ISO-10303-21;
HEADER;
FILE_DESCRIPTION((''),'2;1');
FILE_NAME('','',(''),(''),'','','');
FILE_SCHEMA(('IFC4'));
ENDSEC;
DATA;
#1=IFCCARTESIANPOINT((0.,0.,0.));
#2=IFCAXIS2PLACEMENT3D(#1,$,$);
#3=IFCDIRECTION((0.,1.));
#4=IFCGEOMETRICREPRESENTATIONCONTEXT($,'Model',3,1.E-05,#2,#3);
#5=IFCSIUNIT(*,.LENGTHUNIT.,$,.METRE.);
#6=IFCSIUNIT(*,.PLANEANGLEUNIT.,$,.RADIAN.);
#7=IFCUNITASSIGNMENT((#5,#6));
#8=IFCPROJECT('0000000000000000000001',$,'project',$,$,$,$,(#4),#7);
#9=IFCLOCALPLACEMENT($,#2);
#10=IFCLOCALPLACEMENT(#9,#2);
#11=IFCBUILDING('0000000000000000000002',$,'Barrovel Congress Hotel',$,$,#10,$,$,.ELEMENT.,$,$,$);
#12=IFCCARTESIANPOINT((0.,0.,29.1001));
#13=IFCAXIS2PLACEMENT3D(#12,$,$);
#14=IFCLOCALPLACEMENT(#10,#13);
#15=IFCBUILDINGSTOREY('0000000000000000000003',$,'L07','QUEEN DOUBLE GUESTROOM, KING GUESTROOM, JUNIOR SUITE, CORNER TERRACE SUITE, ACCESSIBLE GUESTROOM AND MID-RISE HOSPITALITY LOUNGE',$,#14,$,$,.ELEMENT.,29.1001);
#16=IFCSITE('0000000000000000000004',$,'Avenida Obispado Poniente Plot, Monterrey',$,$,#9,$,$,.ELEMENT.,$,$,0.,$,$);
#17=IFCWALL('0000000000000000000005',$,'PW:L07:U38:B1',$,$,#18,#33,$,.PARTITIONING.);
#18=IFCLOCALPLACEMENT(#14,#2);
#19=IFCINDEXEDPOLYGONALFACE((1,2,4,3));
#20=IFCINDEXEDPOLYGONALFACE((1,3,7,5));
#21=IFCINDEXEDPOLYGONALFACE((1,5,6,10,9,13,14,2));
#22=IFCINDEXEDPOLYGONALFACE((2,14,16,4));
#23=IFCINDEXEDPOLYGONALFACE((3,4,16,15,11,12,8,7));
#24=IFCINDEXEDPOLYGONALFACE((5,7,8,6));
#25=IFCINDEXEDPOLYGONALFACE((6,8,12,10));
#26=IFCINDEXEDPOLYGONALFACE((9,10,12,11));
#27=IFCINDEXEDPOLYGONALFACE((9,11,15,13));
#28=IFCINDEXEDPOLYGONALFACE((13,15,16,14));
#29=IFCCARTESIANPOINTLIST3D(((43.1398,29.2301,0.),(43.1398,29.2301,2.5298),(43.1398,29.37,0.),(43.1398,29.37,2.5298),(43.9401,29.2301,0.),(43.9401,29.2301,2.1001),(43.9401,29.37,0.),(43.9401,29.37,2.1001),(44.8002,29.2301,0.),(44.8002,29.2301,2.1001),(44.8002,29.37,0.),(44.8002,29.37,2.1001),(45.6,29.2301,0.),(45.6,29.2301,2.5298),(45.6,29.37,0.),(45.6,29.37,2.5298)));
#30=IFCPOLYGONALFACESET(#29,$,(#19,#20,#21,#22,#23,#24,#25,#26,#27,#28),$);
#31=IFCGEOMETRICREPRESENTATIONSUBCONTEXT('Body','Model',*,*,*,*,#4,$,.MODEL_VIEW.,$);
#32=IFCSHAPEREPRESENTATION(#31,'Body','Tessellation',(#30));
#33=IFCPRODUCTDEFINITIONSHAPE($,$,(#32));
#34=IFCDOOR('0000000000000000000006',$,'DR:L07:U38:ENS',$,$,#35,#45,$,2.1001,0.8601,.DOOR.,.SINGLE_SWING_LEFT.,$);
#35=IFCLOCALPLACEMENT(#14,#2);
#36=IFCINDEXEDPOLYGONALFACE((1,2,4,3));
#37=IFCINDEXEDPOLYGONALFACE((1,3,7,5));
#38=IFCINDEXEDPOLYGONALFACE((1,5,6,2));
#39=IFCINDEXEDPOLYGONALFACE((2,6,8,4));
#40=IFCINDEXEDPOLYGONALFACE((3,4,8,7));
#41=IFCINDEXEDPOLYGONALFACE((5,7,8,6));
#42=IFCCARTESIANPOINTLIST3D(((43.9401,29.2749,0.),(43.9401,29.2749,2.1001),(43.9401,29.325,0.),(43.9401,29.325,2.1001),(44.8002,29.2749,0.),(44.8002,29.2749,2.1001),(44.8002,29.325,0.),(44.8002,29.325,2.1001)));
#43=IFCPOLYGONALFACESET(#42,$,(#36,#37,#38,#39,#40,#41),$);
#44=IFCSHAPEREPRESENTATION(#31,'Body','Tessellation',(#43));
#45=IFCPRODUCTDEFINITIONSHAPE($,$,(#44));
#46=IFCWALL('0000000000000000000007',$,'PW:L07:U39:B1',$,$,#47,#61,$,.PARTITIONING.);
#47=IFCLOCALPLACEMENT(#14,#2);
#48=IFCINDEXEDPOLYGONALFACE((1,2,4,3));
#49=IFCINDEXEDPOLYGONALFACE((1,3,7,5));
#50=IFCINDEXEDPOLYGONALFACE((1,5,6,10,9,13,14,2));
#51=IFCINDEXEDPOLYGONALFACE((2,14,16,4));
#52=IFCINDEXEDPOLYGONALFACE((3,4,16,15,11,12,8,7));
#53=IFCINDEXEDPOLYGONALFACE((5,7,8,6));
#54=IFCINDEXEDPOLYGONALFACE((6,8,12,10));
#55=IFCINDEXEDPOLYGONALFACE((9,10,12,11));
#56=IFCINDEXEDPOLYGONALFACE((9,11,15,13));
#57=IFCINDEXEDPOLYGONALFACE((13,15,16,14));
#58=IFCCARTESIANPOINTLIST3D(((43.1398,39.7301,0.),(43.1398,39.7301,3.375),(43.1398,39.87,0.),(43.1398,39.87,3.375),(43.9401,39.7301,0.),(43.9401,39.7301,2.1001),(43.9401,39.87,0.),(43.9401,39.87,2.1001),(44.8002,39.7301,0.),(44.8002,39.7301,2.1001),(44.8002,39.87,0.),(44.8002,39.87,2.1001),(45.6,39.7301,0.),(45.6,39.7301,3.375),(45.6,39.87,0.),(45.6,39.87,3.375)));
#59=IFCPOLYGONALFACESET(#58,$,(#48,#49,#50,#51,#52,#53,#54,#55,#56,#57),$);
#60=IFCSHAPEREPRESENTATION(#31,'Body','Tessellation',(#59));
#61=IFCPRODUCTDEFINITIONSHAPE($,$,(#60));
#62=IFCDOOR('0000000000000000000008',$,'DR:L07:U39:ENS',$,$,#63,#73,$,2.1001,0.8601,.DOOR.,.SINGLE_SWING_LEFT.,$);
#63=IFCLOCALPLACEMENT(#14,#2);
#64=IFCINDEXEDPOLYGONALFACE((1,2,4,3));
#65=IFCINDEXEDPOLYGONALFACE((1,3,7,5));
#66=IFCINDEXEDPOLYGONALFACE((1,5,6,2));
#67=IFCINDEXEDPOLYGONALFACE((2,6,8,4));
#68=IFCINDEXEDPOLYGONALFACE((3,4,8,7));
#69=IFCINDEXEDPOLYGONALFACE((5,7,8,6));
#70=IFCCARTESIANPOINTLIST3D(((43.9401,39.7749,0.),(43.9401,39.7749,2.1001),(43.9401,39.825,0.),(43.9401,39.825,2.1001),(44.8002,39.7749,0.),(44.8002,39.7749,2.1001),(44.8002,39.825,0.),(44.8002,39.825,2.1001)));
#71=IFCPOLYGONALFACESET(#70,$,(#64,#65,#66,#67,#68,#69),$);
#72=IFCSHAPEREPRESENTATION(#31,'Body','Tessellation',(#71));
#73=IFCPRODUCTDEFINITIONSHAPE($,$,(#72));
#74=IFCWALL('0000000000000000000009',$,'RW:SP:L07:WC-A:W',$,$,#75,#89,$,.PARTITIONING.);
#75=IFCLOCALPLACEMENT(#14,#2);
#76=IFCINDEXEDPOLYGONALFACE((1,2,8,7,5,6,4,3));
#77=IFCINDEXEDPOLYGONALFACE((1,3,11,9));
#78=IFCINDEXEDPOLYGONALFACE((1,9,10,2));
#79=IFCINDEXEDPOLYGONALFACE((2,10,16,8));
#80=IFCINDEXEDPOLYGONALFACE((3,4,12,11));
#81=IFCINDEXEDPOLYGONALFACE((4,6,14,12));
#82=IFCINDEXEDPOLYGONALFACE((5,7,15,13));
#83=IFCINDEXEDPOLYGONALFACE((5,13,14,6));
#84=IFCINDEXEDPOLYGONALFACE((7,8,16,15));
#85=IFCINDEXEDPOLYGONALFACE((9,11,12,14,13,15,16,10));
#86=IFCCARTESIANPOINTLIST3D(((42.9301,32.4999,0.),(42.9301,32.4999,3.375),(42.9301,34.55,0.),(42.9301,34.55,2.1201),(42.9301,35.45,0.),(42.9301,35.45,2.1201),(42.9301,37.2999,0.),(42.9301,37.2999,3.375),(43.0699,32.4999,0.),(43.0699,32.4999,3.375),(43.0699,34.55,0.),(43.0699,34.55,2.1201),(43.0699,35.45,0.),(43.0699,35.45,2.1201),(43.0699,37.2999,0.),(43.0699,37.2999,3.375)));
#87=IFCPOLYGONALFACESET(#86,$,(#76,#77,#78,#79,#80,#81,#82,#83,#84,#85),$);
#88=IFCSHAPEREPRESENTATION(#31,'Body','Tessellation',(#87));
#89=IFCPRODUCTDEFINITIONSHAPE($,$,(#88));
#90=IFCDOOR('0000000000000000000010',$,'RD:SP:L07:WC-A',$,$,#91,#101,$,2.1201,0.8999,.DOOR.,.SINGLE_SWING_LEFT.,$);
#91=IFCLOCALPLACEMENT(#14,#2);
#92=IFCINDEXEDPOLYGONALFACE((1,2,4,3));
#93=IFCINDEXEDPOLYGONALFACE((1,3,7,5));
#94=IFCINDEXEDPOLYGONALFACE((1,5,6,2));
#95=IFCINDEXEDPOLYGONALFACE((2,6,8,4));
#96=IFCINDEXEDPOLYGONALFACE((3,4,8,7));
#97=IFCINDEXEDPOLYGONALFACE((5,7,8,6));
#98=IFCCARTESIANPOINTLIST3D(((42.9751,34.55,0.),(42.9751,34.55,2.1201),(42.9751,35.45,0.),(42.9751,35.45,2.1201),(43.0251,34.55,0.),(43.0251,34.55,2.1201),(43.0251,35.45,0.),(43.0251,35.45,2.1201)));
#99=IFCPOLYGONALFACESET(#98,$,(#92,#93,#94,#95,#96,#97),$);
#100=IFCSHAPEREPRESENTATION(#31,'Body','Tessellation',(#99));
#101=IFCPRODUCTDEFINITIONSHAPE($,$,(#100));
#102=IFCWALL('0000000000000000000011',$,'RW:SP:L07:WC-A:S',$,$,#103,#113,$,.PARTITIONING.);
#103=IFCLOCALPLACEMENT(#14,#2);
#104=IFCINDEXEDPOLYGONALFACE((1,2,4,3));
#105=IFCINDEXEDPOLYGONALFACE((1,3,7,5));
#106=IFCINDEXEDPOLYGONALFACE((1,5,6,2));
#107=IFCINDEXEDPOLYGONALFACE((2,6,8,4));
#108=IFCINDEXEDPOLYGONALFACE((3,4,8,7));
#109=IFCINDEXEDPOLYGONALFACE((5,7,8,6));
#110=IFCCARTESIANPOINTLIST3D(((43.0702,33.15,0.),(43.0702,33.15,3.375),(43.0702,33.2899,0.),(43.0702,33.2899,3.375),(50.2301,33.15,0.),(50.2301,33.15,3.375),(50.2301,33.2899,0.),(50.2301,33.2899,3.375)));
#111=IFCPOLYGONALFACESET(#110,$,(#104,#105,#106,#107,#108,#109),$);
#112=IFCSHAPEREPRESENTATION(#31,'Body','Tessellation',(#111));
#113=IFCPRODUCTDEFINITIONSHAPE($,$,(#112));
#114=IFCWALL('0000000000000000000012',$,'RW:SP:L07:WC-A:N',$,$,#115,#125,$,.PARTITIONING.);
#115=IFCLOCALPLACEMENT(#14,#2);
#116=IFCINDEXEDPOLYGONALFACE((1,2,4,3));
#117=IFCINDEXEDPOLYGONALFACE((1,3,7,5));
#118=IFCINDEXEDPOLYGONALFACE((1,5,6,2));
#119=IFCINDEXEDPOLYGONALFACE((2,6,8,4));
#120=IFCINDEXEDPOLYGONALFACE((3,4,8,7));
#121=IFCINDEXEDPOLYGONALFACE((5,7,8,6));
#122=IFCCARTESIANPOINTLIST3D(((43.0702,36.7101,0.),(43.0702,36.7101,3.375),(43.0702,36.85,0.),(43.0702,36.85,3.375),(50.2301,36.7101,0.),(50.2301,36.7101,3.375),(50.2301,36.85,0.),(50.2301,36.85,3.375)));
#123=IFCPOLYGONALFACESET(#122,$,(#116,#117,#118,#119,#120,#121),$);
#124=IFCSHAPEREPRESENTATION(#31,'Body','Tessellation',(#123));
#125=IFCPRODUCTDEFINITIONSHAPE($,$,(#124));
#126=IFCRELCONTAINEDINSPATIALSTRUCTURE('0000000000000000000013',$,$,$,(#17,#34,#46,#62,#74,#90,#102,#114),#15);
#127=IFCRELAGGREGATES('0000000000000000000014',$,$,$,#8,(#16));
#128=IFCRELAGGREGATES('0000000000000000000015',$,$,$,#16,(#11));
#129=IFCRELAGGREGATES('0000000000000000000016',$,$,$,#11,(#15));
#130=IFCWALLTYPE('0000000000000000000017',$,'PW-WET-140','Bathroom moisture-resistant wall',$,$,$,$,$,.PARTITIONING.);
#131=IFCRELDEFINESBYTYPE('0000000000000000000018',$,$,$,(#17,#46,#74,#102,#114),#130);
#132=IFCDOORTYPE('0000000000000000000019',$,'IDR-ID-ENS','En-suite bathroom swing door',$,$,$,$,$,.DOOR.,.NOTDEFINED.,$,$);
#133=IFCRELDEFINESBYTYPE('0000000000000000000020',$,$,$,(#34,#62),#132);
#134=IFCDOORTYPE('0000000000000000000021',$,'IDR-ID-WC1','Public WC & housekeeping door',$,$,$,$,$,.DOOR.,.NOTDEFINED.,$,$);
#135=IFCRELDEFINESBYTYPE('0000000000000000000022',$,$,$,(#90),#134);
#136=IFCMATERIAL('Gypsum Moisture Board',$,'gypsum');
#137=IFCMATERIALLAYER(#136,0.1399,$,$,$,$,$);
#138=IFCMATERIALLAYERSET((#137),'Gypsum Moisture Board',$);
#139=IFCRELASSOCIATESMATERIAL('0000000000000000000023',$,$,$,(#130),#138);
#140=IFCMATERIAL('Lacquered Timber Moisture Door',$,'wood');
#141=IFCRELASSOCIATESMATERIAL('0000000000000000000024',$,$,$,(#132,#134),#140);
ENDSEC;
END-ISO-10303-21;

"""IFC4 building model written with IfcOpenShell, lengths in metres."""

from ifc_helpers import new_model, si_unit, direction, frame, frame_2d, origin, place, context, subcontext, project, spatial, rectangle, extrude, material, layer, layer_set, type_object, element, fill, save


model = new_model("IFC4")

# Units and contexts
model_context = context("Model", 3, precision=1e-05, world=origin(), true_north=direction((0.0, 1.0)))
body_context = subcontext(model_context, "Body", "Model", "MODEL_VIEW")
ifc_project = project(units=[si_unit("LENGTHUNIT", "METRE"), si_unit("PLANEANGLEUNIT", "RADIAN")], contexts=[model_context])

# Site, building, storey
site_placement = place(None, origin())
site = spatial("IfcSite", under=ifc_project, at=site_placement, Name="Avenida Obispado Poniente Plot, Monterrey", CompositionType="ELEMENT", RefElevation=0.0)
building_placement = place(site_placement, origin())
building = spatial("IfcBuilding", under=site, at=building_placement, Name="Barrovel Congress Hotel", CompositionType="ELEMENT")
storey_placement = place(building_placement, frame((0.0, 0.0, 29.1001)))
storey = spatial("IfcBuildingStorey", under=building, at=storey_placement, Name="L07", Description="QUEEN DOUBLE GUESTROOM, KING GUESTROOM, JUNIOR SUITE, CORNER TERRACE SUITE, ACCESSIBLE GUESTROOM AND MID-RISE HOSPITALITY LOUNGE", CompositionType="ELEMENT", Elevation=29.1001)

# Walls, openings, doors
ifc_material_1 = material(Name="Gypsum Moisture Board", Category="gypsum")
ifc_layer_1 = layer(ifc_material_1, 0.1399)
ifc_layer_set_1 = layer_set([ifc_layer_1], Name="Gypsum Moisture Board")
wall_type_1 = type_object("IfcWallType", Name="PW-WET-140", Description="Bathroom moisture-resistant wall", PredefinedType="PARTITIONING", material=ifc_layer_set_1)
wall_1_placement = place(storey_placement, frame((43.1399, 29.3, 0.0), z_axis=(0.0, 0.0, 1.0), x_axis=(1.0, 0.0, 0.0)))
wall_1 = element("IfcWall", 1, at=wall_1_placement, inside=storey, type_object=wall_type_1, Name="PW:L07:U38:B1", PredefinedType="PARTITIONING", context=body_context, shape_type="SweptSolid", body=[
    extrude(rectangle(XDim=2.4602, YDim=0.1399, at=frame_2d((1.23, 0.0))), origin(), (0.0, 0.0, 1.0), 2.5298),
])
opening_1_placement = place(wall_1_placement, frame((0.8, 0.0, 0.0)))
opening_1 = element("IfcOpeningElement", 2, at=opening_1_placement, cuts=wall_1, PredefinedType="OPENING", context=body_context, shape_type="SweptSolid", body=[
    extrude(rectangle(XDim=0.8601, YDim=2.1001, at=frame_2d((0.4302, 1.05))), frame((0.0, 0.0801, 0.0), z_axis=(0.0, -1.0, 0.0), x_axis=(1.0, 0.0, 0.0)), (0.0, 0.0, 1.0), 0.1599),
])
ifc_material_2 = material(Name="Lacquered Timber Moisture Door", Category="wood")
door_type_1 = type_object("IfcDoorType", Name="IDR-ID-ENS", Description="En-suite bathroom swing door", OperationType="NOTDEFINED", PredefinedType="DOOR", material=ifc_material_2)
door_1_placement = place(opening_1_placement, origin())
door_1 = element("IfcDoor", 3, at=door_1_placement, inside=storey, type_object=door_type_1, Name="DR:L07:U38:ENS", OperationType="SINGLE_SWING_LEFT", OverallHeight=2.1001, OverallWidth=0.8601, PredefinedType="DOOR", context=body_context, shape_type="SweptSolid", body=[
    extrude(rectangle(XDim=0.8601, YDim=2.1001, at=frame_2d((0.4302, 1.05))), frame((0.0, 0.0249, 0.0), z_axis=(0.0, -1.0, 0.0), x_axis=(1.0, 0.0, 0.0)), (0.0, 0.0, 1.0), 0.05),
])
fill(opening_1, door_1)
wall_2_placement = place(storey_placement, frame((43.1399, 39.8, 0.0), z_axis=(0.0, 0.0, 1.0), x_axis=(1.0, 0.0, 0.0)))
wall_2 = element("IfcWall", 4, at=wall_2_placement, inside=storey, type_object=wall_type_1, Name="PW:L07:U39:B1", PredefinedType="PARTITIONING", context=body_context, shape_type="SweptSolid", body=[
    extrude(rectangle(XDim=2.4602, YDim=0.1399, at=frame_2d((1.23, 0.0))), origin(), (0.0, 0.0, 1.0), 3.375),
])
opening_2_placement = place(wall_2_placement, frame((0.8, 0.0, 0.0)))
opening_2 = element("IfcOpeningElement", 5, at=opening_2_placement, cuts=wall_2, PredefinedType="OPENING", context=body_context, shape_type="SweptSolid", body=[
    extrude(rectangle(XDim=0.8601, YDim=2.1001, at=frame_2d((0.4302, 1.05))), frame((0.0, 0.0801, 0.0), z_axis=(0.0, -1.0, 0.0), x_axis=(1.0, 0.0, 0.0)), (0.0, 0.0, 1.0), 0.1599),
])
door_2_placement = place(opening_2_placement, origin())
door_2 = element("IfcDoor", 6, at=door_2_placement, inside=storey, type_object=door_type_1, Name="DR:L07:U39:ENS", OperationType="SINGLE_SWING_LEFT", OverallHeight=2.1001, OverallWidth=0.8601, PredefinedType="DOOR", context=body_context, shape_type="SweptSolid", body=[
    extrude(rectangle(XDim=0.8601, YDim=2.1001, at=frame_2d((0.4302, 1.05))), frame((0.0, 0.0249, 0.0), z_axis=(0.0, -1.0, 0.0), x_axis=(1.0, 0.0, 0.0)), (0.0, 0.0, 1.0), 0.05),
])
fill(opening_2, door_2)
wall_3_placement = place(storey_placement, frame((43.0, 32.5, 0.0), z_axis=(0.0, 0.0, 1.0), x_axis=(0.0, 1.0, 0.0)))
wall_3 = element("IfcWall", 7, at=wall_3_placement, inside=storey, type_object=wall_type_1, Name="RW:SP:L07:WC-A:W", PredefinedType="PARTITIONING", context=body_context, shape_type="SweptSolid", body=[
    extrude(rectangle(XDim=4.8, YDim=0.1399, at=frame_2d((2.3999, 0.0))), origin(), (0.0, 0.0, 1.0), 3.375),
])
opening_3_placement = place(wall_3_placement, frame((2.05, 0.0, 0.0)))
opening_3 = element("IfcOpeningElement", 8, at=opening_3_placement, cuts=wall_3, PredefinedType="OPENING", context=body_context, shape_type="SweptSolid", body=[
    extrude(rectangle(XDim=0.8999, YDim=2.1201, at=frame_2d((0.45, 1.0601))), frame((0.0, 0.0801, 0.0), z_axis=(0.0, -1.0, 0.0), x_axis=(1.0, 0.0, 0.0)), (0.0, 0.0, 1.0), 0.1599),
])
door_type_2 = type_object("IfcDoorType", Name="IDR-ID-WC1", Description="Public WC & housekeeping door", OperationType="NOTDEFINED", PredefinedType="DOOR", material=ifc_material_2)
door_3_placement = place(opening_3_placement, origin())
door_3 = element("IfcDoor", 9, at=door_3_placement, inside=storey, type_object=door_type_2, Name="RD:SP:L07:WC-A", OperationType="SINGLE_SWING_LEFT", OverallHeight=2.1201, OverallWidth=0.8999, PredefinedType="DOOR", context=body_context, shape_type="SweptSolid", body=[
    extrude(rectangle(XDim=0.8999, YDim=2.1201, at=frame_2d((0.45, 1.0601))), frame((0.0, 0.0249, 0.0), z_axis=(0.0, -1.0, 0.0), x_axis=(1.0, 0.0, 0.0)), (0.0, 0.0, 1.0), 0.05),
])
fill(opening_3, door_3)

# Walls
for number, where, z_axis, x_axis, name in (
    (10, (43.0701, 33.22, 0.0), (0.0, 0.0, 1.0), (1.0, 0.0, 0.0), "RW:SP:L07:WC-A:S"),
    (11, (43.0701, 36.78, 0.0), (0.0, 0.0, 1.0), (1.0, 0.0, 0.0), "RW:SP:L07:WC-A:N"),
):
    element("IfcWall", number, at=place(storey_placement, frame(where, z_axis=z_axis, x_axis=x_axis)), inside=storey, type_object=wall_type_1, Name=name, PredefinedType="PARTITIONING", context=body_context, shape_type="SweptSolid", body=[
        extrude(rectangle(XDim=7.1599, YDim=0.1399, at=frame_2d((3.5801, 0.0))), origin(), (0.0, 0.0, 1.0), 3.375),
    ])

save(model, "model.ifc")
